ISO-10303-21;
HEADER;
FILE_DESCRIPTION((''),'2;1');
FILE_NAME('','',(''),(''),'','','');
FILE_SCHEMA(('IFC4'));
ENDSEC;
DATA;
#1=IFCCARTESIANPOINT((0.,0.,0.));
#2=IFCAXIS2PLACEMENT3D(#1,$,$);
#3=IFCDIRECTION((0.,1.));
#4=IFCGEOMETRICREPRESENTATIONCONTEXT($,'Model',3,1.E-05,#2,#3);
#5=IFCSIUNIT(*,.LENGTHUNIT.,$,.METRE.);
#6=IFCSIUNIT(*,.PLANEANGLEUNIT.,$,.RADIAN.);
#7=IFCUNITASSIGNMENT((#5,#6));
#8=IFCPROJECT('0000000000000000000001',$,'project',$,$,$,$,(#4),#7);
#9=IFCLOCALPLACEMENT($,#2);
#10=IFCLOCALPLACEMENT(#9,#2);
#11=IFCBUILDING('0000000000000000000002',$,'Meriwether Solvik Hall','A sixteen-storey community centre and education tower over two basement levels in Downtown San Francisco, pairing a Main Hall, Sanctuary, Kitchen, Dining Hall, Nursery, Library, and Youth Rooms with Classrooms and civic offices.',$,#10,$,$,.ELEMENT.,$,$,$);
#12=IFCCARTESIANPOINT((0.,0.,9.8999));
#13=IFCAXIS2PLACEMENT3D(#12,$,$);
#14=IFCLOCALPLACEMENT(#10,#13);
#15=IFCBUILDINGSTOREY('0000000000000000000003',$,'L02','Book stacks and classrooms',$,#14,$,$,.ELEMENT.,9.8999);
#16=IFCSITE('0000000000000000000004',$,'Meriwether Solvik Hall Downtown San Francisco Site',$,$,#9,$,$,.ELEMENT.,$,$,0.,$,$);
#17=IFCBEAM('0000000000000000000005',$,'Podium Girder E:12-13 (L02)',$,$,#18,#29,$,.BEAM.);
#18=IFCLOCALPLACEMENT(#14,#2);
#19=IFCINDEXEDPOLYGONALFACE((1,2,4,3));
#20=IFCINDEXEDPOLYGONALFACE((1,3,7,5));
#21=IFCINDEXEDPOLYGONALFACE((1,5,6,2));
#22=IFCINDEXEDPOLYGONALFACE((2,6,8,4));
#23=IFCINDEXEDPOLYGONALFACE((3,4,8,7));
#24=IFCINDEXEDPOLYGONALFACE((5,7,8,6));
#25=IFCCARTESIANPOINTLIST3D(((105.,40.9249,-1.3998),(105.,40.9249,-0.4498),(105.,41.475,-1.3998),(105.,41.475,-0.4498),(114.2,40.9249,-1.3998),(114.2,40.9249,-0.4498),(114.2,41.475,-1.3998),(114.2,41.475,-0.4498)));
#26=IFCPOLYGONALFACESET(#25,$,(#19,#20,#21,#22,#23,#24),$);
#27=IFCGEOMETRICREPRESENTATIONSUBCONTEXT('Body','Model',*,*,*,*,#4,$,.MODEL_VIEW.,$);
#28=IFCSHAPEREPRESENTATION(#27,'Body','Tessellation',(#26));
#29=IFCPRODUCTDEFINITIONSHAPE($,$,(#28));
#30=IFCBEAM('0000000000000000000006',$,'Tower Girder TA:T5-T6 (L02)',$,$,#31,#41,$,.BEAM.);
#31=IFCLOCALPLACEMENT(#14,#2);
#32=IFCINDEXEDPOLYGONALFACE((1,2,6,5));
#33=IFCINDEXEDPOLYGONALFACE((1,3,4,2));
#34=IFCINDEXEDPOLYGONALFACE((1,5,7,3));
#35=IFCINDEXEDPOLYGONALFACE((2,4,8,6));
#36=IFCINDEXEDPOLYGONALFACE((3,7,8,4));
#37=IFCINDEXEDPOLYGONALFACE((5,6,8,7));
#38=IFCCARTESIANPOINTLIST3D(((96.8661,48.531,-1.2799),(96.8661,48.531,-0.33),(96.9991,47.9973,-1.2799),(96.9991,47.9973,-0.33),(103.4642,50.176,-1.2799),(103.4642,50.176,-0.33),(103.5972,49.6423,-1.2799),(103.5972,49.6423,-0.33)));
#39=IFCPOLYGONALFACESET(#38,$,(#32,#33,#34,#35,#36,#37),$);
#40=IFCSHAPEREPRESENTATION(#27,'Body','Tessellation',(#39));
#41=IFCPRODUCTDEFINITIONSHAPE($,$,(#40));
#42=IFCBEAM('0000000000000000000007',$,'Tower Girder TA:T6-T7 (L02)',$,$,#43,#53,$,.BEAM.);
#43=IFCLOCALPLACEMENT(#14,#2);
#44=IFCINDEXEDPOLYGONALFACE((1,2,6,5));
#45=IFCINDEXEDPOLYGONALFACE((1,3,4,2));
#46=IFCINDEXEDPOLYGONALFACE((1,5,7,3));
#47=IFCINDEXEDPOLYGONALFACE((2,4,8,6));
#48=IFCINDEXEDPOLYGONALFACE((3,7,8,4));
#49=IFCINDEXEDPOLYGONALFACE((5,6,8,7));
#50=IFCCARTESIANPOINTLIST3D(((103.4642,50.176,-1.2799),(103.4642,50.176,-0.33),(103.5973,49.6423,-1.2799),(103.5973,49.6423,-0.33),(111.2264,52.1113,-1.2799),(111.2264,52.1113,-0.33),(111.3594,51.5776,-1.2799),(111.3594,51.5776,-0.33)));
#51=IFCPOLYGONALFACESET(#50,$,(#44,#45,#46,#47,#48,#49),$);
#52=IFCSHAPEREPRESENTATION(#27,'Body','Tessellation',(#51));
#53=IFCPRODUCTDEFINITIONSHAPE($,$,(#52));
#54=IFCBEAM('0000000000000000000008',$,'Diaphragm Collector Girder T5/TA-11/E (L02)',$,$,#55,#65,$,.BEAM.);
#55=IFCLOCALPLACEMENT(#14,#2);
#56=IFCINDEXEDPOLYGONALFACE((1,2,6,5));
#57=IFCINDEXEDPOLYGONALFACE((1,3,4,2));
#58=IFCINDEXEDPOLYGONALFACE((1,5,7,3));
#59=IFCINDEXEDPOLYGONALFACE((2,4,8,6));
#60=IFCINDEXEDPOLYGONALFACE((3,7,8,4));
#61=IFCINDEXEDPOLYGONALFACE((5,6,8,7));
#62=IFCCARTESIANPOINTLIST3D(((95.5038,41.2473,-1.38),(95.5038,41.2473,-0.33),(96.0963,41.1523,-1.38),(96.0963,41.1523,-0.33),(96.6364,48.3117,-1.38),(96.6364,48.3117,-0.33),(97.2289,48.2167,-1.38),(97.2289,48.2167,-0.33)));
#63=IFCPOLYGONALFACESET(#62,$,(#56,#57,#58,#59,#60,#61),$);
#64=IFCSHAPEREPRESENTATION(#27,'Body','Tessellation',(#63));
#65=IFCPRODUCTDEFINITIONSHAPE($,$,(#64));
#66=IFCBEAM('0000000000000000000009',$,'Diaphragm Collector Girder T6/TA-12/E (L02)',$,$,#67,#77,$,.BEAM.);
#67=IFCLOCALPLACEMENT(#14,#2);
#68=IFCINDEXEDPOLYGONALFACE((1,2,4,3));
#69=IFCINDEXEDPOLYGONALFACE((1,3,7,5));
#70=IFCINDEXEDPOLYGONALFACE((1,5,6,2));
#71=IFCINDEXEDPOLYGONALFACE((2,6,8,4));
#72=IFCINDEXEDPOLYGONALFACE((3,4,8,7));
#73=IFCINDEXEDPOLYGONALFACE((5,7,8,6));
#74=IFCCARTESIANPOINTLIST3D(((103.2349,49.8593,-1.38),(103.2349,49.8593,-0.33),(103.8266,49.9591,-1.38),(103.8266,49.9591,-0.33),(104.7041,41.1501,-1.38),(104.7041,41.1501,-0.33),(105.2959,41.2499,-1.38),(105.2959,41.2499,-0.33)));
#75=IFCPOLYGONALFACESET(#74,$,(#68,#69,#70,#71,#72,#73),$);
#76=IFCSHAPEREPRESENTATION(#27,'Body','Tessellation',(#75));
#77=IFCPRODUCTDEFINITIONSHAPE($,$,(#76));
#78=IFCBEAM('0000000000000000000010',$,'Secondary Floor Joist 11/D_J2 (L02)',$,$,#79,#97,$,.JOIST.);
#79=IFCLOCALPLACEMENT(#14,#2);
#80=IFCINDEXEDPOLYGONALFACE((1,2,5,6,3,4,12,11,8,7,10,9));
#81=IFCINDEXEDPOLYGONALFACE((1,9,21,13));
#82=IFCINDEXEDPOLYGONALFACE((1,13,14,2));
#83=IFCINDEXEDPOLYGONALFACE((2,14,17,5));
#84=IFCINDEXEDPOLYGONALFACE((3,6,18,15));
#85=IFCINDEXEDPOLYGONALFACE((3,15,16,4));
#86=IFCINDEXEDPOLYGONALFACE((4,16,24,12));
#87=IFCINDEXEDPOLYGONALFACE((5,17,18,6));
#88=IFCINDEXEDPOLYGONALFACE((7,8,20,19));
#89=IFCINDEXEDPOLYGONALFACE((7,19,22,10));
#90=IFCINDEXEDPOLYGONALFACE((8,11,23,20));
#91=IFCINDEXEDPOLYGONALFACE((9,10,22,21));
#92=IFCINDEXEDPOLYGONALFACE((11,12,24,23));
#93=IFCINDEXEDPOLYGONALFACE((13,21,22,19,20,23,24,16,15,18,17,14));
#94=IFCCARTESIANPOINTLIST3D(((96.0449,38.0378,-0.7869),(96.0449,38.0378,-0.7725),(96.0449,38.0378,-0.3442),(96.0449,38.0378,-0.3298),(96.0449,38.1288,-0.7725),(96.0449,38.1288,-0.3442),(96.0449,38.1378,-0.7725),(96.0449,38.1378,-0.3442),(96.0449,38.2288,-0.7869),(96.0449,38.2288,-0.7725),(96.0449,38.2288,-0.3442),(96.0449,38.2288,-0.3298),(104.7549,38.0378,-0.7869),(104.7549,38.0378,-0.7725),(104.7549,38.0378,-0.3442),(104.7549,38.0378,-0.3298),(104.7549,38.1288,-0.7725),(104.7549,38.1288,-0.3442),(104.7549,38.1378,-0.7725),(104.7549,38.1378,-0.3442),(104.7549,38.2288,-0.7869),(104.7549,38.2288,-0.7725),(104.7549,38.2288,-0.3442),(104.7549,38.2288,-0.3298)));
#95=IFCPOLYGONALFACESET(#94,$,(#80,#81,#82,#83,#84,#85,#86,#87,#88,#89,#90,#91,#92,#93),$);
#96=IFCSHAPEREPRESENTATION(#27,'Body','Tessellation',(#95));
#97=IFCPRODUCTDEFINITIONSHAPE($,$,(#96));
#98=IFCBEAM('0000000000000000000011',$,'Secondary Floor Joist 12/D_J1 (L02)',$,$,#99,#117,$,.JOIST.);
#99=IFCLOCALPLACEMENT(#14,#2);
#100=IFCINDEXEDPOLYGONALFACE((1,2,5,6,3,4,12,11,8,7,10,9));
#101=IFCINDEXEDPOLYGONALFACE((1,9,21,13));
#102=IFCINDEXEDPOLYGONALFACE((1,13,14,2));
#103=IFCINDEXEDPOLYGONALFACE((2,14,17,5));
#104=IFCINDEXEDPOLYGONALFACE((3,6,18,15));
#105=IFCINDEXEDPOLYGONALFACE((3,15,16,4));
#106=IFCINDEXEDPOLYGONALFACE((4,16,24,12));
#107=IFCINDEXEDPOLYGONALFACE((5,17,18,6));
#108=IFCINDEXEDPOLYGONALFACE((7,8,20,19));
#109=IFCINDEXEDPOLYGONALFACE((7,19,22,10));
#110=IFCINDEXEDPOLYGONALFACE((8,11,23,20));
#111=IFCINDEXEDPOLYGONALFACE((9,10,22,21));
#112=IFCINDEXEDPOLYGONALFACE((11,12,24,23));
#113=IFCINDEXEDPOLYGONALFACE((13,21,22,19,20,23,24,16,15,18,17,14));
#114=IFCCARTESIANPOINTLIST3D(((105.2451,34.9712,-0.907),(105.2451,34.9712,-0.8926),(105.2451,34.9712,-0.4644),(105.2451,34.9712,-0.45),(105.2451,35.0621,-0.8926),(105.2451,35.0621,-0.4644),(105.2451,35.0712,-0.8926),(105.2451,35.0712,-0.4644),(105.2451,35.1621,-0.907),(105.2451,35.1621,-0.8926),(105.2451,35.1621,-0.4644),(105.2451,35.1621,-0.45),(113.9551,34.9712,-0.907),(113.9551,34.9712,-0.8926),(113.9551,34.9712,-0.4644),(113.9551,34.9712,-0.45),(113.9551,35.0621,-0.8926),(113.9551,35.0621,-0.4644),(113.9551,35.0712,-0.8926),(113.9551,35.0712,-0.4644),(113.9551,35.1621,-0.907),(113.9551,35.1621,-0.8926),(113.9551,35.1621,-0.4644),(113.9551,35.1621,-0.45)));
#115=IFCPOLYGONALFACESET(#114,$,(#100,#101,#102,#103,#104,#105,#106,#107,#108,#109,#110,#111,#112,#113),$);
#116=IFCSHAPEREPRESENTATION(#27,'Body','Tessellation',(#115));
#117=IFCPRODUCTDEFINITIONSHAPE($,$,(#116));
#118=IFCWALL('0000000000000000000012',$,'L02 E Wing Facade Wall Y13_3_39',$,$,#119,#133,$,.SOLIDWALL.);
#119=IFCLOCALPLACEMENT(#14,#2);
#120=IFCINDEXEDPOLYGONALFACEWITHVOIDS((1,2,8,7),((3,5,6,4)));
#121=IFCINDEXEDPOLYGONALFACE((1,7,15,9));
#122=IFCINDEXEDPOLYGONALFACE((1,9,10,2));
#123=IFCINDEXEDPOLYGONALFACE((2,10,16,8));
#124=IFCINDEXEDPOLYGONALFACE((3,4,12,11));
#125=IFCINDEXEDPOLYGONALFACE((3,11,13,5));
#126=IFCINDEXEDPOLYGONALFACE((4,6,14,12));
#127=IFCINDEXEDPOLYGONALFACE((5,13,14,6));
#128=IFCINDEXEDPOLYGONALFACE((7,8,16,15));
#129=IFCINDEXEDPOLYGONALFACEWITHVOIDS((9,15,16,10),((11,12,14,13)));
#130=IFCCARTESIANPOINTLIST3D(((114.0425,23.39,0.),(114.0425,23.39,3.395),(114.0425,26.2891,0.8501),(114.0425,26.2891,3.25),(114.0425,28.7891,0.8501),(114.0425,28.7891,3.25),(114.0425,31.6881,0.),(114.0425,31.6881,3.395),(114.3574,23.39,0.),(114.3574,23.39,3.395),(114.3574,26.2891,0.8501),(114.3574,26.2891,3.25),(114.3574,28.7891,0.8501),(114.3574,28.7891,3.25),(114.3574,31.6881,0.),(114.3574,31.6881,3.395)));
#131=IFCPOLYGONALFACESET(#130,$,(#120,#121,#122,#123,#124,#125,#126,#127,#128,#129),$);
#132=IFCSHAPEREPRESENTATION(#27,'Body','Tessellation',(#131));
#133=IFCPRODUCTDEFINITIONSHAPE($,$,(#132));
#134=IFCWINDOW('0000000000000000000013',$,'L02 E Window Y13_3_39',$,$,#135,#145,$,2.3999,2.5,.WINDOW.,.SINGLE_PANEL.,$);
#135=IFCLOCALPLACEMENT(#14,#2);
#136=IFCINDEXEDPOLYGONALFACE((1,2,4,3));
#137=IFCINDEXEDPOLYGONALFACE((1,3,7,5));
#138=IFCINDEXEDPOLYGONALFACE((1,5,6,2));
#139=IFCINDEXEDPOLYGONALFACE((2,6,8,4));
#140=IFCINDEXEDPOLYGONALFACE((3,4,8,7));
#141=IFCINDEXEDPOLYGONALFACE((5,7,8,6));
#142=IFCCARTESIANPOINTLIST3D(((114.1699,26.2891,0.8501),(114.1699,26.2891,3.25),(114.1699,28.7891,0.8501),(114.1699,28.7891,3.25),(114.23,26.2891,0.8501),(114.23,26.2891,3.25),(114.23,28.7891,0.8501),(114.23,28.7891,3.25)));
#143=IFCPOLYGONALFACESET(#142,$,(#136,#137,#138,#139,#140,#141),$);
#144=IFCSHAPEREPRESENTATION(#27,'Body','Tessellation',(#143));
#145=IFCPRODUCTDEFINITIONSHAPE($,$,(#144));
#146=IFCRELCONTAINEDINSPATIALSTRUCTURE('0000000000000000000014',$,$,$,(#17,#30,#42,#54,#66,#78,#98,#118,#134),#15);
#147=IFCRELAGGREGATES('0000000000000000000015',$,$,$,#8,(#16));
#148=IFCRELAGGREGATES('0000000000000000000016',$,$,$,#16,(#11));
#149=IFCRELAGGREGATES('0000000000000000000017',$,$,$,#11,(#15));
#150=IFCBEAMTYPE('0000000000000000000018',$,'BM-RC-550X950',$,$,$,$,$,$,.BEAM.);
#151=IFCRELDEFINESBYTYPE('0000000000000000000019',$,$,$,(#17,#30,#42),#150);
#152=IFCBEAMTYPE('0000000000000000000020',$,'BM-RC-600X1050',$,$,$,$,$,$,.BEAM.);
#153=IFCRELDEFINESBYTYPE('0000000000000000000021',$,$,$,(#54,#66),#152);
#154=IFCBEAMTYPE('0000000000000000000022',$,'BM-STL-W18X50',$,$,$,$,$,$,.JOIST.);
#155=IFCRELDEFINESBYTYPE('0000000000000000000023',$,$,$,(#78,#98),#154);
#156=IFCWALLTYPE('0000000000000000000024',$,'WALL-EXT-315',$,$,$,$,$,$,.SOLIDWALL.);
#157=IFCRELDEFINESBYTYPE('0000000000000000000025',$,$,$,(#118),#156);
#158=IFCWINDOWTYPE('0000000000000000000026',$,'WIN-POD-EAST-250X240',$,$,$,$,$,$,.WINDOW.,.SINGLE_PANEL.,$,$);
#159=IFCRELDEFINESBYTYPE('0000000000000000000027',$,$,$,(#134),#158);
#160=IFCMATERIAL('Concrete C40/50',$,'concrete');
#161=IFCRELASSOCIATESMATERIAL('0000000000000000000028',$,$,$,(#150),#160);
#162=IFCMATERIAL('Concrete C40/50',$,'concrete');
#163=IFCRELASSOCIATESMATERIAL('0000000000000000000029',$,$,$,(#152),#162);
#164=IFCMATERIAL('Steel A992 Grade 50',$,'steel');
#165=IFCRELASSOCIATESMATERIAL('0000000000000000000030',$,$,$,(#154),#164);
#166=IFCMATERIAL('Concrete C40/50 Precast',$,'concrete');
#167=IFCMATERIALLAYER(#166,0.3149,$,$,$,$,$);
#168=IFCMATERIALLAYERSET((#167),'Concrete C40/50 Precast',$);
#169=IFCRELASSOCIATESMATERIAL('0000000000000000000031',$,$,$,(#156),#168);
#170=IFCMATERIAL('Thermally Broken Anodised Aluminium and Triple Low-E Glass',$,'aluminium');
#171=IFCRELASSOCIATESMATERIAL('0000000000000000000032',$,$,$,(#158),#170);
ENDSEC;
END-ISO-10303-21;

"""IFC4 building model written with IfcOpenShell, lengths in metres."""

from ifc_helpers import new_model, si_unit, direction, frame, frame_2d, origin, origin_2d, place, context, subcontext, project, spatial, rectangle, i_section, extrude, material, layer, layer_set, material_profile, profile_set, type_object, element, fill, save


model = new_model("IFC4")

# Units and contexts
model_context = context("Model", 3, precision=1e-05, world=origin(), true_north=direction((0.0, 1.0)))
body_context = subcontext(model_context, "Body", "Model", "MODEL_VIEW")
ifc_project = project(units=[si_unit("LENGTHUNIT", "METRE"), si_unit("PLANEANGLEUNIT", "RADIAN")], contexts=[model_context])

# Site, building, storey
site_placement = place(None, origin())
site = spatial("IfcSite", under=ifc_project, at=site_placement, Name="Meriwether Solvik Hall Downtown San Francisco Site", CompositionType="ELEMENT", RefElevation=0.0)
building_placement = place(site_placement, origin())
building = spatial("IfcBuilding", under=site, at=building_placement, Name="Meriwether Solvik Hall", Description="A sixteen-storey community centre and education tower over two basement levels in Downtown San Francisco, pairing a Main Hall, Sanctuary, Kitchen, Dining Hall, Nursery, Library, and Youth Rooms with Classrooms and civic offices.", CompositionType="ELEMENT")
storey_placement = place(building_placement, frame((0.0, 0.0, 9.8999)))
storey = spatial("IfcBuildingStorey", under=building, at=storey_placement, Name="L02", Description="Book stacks and classrooms", CompositionType="ELEMENT", Elevation=9.8999)

# Beams
ifc_material_1 = material(Name="Concrete C40/50", Category="concrete")
ifc_material_profile_1 = material_profile(ifc_material_1, rectangle(XDim=0.55, YDim=0.95, at=origin_2d()), Name="RCB-550X950")
ifc_profile_set_1 = profile_set([ifc_material_profile_1], Name="Concrete C40/50")
beam_type_1 = type_object("IfcBeamType", Name="BM-RC-550X950", PredefinedType="BEAM", material=ifc_profile_set_1)
for number, where, z_axis, x_axis, name in (
    (1, (105.0, 41.2, -0.9248), (1.0, 0.0, 0.0), (0.0, 1.0, 0.0), "Podium Girder E:12-13 (L02)"),
):
    element("IfcBeam", number, at=place(storey_placement, frame(where, z_axis=z_axis, x_axis=x_axis)), inside=storey, type_object=beam_type_1, Name=name, PredefinedType="BEAM", context=body_context, shape_type="SweptSolid", body=[
        extrude(rectangle(XDim=0.55, YDim=0.95, at=origin_2d()), origin(), (0.0, 0.0, 1.0), 9.2),
    ])
beam_1_placement = place(storey_placement, frame((96.9326, 48.2642, -0.8049), z_axis=(0.970299, 0.24191, 0.0), x_axis=(-0.24191, 0.970299, 0.0)))
element("IfcBeam", 2, at=beam_1_placement, inside=storey, type_object=beam_type_1, Name="Tower Girder TA:T5-T6 (L02)", PredefinedType="BEAM", context=body_context, shape_type="SweptSolid", body=[
    extrude(rectangle(XDim=0.55, YDim=0.95, at=origin_2d()), origin(), (0.0, 0.0, 1.0), 6.8),
])
beam_2_placement = place(storey_placement, frame((103.5308, 49.9092, -0.8049), z_axis=(0.970297, 0.241918, 0.0), x_axis=(-0.241918, 0.970297, 0.0)))
element("IfcBeam", 3, at=beam_2_placement, inside=storey, type_object=beam_type_1, Name="Tower Girder TA:T6-T7 (L02)", PredefinedType="BEAM", context=body_context, shape_type="SweptSolid", body=[
    extrude(rectangle(XDim=0.55, YDim=0.95, at=origin_2d()), origin(), (0.0, 0.0, 1.0), 7.9998),
])
ifc_material_2 = material(Name="Concrete C40/50", Category="concrete")
ifc_material_profile_2 = material_profile(ifc_material_2, rectangle(XDim=0.6001, YDim=1.05, at=origin_2d()), Name="RCB-600X1050")
ifc_profile_set_2 = profile_set([ifc_material_profile_2], Name="Concrete C40/50")
beam_type_2 = type_object("IfcBeamType", Name="BM-RC-600X1050", PredefinedType="BEAM", material=ifc_profile_set_2)
beam_3_placement = place(storey_placement, frame((96.9326, 48.2642, -0.855), z_axis=(-0.158303, -0.987391, 0.0), x_axis=(0.987391, -0.158303, 0.0)))
element("IfcBeam", 4, at=beam_3_placement, inside=storey, type_object=beam_type_2, Name="Diaphragm Collector Girder T5/TA-11/E (L02)", PredefinedType="BEAM", context=body_context, shape_type="SweptSolid", body=[
    extrude(rectangle(XDim=0.6001, YDim=1.05, at=origin_2d()), origin(), (0.0, 0.0, 1.0), 7.1545),
])
beam_4_placement = place(storey_placement, frame((103.5308, 49.9092, -0.855), z_axis=(0.166349, -0.986067, 0.0), x_axis=(0.986067, 0.166349, 0.0)))
element("IfcBeam", 5, at=beam_4_placement, inside=storey, type_object=beam_type_2, Name="Diaphragm Collector Girder T6/TA-12/E (L02)", PredefinedType="BEAM", context=body_context, shape_type="SweptSolid", body=[
    extrude(rectangle(XDim=0.6001, YDim=1.05, at=origin_2d()), origin(), (0.0, 0.0, 1.0), 8.8323),
])
ifc_material_3 = material(Name="Steel A992 Grade 50", Category="steel")
ifc_material_profile_3 = material_profile(ifc_material_3, i_section(OverallWidth=0.1909, OverallDepth=0.457, WebThickness=0.009, FlangeThickness=0.0144, at=origin_2d()), Name="W18X50")
ifc_profile_set_3 = profile_set([ifc_material_profile_3], Name="Steel A992 Grade 50")
beam_type_3 = type_object("IfcBeamType", Name="BM-STL-W18X50", PredefinedType="JOIST", material=ifc_profile_set_3)
for number, where, z_axis, x_axis, name in (
    (6, (96.0449, 38.1333, -0.5583), (1.0, 0.0, 0.0), (0.0, 1.0, 0.0), "Secondary Floor Joist 11/D_J2 (L02)"),
    (7, (105.2451, 35.0667, -0.6785), (1.0, 0.0, 0.0), (0.0, 1.0, 0.0), "Secondary Floor Joist 12/D_J1 (L02)"),
):
    element("IfcBeam", number, at=place(storey_placement, frame(where, z_axis=z_axis, x_axis=x_axis)), inside=storey, type_object=beam_type_3, Name=name, PredefinedType="JOIST", context=body_context, shape_type="SweptSolid", body=[
        extrude(i_section(OverallWidth=0.1909, OverallDepth=0.457, WebThickness=0.009, FlangeThickness=0.0144, at=origin_2d()), origin(), (0.0, 0.0, 1.0), 8.71),
    ])

# Wall, opening, window
ifc_material_4 = material(Name="Concrete C40/50 Precast", Category="concrete")
ifc_layer = layer(ifc_material_4, 0.3149)
ifc_layer_set = layer_set([ifc_layer], Name="Concrete C40/50 Precast")
wall_type = type_object("IfcWallType", Name="WALL-EXT-315", PredefinedType="SOLIDWALL", material=ifc_layer_set)
wall_placement = place(storey_placement, frame((114.2, 31.688, 0.0), z_axis=(0.0, 0.0, 1.0), x_axis=(0.0, -1.0, 0.0)))
wall = element("IfcWall", 8, at=wall_placement, inside=storey, type_object=wall_type, Name="L02 E Wing Facade Wall Y13_3_39", PredefinedType="SOLIDWALL", context=body_context, shape_type="SweptSolid", body=[
    extrude(rectangle(XDim=8.2981, YDim=0.3149, at=frame_2d((4.1489, 0.0))), origin(), (0.0, 0.0, 1.0), 3.395),
])
opening_placement = place(wall_placement, frame((2.8989, 0.0, 0.8501)))
opening = element("IfcOpeningElement", 9, at=opening_placement, cuts=wall, PredefinedType="OPENING", context=body_context, shape_type="SweptSolid", body=[
    extrude(rectangle(XDim=2.5, YDim=2.3999, at=frame_2d((1.25, 1.2))), frame((0.0, 0.1694, 0.0), z_axis=(0.0, -1.0, 0.0), x_axis=(1.0, 0.0, 0.0)), (0.0, 0.0, 1.0), 0.3389),
])
ifc_material_5 = material(Name="Thermally Broken Anodised Aluminium and Triple Low-E Glass", Category="aluminium")
window_type = type_object("IfcWindowType", Name="WIN-POD-EAST-250X240", PartitioningType="SINGLE_PANEL", PredefinedType="WINDOW", material=ifc_material_5)
window_placement = place(opening_placement, origin())
window = element("IfcWindow", 10, at=window_placement, inside=storey, type_object=window_type, Name="L02 E Window Y13_3_39", OverallHeight=2.3999, OverallWidth=2.5, PartitioningType="SINGLE_PANEL", PredefinedType="WINDOW", context=body_context, shape_type="SweptSolid", body=[
    extrude(rectangle(XDim=2.5, YDim=2.3999, at=frame_2d((1.25, 1.2))), frame((0.0, 0.03, 0.0), z_axis=(0.0, -1.0, 0.0), x_axis=(1.0, 0.0, 0.0)), (0.0, 0.0, 1.0), 0.0601),
])
fill(opening, window)

save(model, "model.ifc")
